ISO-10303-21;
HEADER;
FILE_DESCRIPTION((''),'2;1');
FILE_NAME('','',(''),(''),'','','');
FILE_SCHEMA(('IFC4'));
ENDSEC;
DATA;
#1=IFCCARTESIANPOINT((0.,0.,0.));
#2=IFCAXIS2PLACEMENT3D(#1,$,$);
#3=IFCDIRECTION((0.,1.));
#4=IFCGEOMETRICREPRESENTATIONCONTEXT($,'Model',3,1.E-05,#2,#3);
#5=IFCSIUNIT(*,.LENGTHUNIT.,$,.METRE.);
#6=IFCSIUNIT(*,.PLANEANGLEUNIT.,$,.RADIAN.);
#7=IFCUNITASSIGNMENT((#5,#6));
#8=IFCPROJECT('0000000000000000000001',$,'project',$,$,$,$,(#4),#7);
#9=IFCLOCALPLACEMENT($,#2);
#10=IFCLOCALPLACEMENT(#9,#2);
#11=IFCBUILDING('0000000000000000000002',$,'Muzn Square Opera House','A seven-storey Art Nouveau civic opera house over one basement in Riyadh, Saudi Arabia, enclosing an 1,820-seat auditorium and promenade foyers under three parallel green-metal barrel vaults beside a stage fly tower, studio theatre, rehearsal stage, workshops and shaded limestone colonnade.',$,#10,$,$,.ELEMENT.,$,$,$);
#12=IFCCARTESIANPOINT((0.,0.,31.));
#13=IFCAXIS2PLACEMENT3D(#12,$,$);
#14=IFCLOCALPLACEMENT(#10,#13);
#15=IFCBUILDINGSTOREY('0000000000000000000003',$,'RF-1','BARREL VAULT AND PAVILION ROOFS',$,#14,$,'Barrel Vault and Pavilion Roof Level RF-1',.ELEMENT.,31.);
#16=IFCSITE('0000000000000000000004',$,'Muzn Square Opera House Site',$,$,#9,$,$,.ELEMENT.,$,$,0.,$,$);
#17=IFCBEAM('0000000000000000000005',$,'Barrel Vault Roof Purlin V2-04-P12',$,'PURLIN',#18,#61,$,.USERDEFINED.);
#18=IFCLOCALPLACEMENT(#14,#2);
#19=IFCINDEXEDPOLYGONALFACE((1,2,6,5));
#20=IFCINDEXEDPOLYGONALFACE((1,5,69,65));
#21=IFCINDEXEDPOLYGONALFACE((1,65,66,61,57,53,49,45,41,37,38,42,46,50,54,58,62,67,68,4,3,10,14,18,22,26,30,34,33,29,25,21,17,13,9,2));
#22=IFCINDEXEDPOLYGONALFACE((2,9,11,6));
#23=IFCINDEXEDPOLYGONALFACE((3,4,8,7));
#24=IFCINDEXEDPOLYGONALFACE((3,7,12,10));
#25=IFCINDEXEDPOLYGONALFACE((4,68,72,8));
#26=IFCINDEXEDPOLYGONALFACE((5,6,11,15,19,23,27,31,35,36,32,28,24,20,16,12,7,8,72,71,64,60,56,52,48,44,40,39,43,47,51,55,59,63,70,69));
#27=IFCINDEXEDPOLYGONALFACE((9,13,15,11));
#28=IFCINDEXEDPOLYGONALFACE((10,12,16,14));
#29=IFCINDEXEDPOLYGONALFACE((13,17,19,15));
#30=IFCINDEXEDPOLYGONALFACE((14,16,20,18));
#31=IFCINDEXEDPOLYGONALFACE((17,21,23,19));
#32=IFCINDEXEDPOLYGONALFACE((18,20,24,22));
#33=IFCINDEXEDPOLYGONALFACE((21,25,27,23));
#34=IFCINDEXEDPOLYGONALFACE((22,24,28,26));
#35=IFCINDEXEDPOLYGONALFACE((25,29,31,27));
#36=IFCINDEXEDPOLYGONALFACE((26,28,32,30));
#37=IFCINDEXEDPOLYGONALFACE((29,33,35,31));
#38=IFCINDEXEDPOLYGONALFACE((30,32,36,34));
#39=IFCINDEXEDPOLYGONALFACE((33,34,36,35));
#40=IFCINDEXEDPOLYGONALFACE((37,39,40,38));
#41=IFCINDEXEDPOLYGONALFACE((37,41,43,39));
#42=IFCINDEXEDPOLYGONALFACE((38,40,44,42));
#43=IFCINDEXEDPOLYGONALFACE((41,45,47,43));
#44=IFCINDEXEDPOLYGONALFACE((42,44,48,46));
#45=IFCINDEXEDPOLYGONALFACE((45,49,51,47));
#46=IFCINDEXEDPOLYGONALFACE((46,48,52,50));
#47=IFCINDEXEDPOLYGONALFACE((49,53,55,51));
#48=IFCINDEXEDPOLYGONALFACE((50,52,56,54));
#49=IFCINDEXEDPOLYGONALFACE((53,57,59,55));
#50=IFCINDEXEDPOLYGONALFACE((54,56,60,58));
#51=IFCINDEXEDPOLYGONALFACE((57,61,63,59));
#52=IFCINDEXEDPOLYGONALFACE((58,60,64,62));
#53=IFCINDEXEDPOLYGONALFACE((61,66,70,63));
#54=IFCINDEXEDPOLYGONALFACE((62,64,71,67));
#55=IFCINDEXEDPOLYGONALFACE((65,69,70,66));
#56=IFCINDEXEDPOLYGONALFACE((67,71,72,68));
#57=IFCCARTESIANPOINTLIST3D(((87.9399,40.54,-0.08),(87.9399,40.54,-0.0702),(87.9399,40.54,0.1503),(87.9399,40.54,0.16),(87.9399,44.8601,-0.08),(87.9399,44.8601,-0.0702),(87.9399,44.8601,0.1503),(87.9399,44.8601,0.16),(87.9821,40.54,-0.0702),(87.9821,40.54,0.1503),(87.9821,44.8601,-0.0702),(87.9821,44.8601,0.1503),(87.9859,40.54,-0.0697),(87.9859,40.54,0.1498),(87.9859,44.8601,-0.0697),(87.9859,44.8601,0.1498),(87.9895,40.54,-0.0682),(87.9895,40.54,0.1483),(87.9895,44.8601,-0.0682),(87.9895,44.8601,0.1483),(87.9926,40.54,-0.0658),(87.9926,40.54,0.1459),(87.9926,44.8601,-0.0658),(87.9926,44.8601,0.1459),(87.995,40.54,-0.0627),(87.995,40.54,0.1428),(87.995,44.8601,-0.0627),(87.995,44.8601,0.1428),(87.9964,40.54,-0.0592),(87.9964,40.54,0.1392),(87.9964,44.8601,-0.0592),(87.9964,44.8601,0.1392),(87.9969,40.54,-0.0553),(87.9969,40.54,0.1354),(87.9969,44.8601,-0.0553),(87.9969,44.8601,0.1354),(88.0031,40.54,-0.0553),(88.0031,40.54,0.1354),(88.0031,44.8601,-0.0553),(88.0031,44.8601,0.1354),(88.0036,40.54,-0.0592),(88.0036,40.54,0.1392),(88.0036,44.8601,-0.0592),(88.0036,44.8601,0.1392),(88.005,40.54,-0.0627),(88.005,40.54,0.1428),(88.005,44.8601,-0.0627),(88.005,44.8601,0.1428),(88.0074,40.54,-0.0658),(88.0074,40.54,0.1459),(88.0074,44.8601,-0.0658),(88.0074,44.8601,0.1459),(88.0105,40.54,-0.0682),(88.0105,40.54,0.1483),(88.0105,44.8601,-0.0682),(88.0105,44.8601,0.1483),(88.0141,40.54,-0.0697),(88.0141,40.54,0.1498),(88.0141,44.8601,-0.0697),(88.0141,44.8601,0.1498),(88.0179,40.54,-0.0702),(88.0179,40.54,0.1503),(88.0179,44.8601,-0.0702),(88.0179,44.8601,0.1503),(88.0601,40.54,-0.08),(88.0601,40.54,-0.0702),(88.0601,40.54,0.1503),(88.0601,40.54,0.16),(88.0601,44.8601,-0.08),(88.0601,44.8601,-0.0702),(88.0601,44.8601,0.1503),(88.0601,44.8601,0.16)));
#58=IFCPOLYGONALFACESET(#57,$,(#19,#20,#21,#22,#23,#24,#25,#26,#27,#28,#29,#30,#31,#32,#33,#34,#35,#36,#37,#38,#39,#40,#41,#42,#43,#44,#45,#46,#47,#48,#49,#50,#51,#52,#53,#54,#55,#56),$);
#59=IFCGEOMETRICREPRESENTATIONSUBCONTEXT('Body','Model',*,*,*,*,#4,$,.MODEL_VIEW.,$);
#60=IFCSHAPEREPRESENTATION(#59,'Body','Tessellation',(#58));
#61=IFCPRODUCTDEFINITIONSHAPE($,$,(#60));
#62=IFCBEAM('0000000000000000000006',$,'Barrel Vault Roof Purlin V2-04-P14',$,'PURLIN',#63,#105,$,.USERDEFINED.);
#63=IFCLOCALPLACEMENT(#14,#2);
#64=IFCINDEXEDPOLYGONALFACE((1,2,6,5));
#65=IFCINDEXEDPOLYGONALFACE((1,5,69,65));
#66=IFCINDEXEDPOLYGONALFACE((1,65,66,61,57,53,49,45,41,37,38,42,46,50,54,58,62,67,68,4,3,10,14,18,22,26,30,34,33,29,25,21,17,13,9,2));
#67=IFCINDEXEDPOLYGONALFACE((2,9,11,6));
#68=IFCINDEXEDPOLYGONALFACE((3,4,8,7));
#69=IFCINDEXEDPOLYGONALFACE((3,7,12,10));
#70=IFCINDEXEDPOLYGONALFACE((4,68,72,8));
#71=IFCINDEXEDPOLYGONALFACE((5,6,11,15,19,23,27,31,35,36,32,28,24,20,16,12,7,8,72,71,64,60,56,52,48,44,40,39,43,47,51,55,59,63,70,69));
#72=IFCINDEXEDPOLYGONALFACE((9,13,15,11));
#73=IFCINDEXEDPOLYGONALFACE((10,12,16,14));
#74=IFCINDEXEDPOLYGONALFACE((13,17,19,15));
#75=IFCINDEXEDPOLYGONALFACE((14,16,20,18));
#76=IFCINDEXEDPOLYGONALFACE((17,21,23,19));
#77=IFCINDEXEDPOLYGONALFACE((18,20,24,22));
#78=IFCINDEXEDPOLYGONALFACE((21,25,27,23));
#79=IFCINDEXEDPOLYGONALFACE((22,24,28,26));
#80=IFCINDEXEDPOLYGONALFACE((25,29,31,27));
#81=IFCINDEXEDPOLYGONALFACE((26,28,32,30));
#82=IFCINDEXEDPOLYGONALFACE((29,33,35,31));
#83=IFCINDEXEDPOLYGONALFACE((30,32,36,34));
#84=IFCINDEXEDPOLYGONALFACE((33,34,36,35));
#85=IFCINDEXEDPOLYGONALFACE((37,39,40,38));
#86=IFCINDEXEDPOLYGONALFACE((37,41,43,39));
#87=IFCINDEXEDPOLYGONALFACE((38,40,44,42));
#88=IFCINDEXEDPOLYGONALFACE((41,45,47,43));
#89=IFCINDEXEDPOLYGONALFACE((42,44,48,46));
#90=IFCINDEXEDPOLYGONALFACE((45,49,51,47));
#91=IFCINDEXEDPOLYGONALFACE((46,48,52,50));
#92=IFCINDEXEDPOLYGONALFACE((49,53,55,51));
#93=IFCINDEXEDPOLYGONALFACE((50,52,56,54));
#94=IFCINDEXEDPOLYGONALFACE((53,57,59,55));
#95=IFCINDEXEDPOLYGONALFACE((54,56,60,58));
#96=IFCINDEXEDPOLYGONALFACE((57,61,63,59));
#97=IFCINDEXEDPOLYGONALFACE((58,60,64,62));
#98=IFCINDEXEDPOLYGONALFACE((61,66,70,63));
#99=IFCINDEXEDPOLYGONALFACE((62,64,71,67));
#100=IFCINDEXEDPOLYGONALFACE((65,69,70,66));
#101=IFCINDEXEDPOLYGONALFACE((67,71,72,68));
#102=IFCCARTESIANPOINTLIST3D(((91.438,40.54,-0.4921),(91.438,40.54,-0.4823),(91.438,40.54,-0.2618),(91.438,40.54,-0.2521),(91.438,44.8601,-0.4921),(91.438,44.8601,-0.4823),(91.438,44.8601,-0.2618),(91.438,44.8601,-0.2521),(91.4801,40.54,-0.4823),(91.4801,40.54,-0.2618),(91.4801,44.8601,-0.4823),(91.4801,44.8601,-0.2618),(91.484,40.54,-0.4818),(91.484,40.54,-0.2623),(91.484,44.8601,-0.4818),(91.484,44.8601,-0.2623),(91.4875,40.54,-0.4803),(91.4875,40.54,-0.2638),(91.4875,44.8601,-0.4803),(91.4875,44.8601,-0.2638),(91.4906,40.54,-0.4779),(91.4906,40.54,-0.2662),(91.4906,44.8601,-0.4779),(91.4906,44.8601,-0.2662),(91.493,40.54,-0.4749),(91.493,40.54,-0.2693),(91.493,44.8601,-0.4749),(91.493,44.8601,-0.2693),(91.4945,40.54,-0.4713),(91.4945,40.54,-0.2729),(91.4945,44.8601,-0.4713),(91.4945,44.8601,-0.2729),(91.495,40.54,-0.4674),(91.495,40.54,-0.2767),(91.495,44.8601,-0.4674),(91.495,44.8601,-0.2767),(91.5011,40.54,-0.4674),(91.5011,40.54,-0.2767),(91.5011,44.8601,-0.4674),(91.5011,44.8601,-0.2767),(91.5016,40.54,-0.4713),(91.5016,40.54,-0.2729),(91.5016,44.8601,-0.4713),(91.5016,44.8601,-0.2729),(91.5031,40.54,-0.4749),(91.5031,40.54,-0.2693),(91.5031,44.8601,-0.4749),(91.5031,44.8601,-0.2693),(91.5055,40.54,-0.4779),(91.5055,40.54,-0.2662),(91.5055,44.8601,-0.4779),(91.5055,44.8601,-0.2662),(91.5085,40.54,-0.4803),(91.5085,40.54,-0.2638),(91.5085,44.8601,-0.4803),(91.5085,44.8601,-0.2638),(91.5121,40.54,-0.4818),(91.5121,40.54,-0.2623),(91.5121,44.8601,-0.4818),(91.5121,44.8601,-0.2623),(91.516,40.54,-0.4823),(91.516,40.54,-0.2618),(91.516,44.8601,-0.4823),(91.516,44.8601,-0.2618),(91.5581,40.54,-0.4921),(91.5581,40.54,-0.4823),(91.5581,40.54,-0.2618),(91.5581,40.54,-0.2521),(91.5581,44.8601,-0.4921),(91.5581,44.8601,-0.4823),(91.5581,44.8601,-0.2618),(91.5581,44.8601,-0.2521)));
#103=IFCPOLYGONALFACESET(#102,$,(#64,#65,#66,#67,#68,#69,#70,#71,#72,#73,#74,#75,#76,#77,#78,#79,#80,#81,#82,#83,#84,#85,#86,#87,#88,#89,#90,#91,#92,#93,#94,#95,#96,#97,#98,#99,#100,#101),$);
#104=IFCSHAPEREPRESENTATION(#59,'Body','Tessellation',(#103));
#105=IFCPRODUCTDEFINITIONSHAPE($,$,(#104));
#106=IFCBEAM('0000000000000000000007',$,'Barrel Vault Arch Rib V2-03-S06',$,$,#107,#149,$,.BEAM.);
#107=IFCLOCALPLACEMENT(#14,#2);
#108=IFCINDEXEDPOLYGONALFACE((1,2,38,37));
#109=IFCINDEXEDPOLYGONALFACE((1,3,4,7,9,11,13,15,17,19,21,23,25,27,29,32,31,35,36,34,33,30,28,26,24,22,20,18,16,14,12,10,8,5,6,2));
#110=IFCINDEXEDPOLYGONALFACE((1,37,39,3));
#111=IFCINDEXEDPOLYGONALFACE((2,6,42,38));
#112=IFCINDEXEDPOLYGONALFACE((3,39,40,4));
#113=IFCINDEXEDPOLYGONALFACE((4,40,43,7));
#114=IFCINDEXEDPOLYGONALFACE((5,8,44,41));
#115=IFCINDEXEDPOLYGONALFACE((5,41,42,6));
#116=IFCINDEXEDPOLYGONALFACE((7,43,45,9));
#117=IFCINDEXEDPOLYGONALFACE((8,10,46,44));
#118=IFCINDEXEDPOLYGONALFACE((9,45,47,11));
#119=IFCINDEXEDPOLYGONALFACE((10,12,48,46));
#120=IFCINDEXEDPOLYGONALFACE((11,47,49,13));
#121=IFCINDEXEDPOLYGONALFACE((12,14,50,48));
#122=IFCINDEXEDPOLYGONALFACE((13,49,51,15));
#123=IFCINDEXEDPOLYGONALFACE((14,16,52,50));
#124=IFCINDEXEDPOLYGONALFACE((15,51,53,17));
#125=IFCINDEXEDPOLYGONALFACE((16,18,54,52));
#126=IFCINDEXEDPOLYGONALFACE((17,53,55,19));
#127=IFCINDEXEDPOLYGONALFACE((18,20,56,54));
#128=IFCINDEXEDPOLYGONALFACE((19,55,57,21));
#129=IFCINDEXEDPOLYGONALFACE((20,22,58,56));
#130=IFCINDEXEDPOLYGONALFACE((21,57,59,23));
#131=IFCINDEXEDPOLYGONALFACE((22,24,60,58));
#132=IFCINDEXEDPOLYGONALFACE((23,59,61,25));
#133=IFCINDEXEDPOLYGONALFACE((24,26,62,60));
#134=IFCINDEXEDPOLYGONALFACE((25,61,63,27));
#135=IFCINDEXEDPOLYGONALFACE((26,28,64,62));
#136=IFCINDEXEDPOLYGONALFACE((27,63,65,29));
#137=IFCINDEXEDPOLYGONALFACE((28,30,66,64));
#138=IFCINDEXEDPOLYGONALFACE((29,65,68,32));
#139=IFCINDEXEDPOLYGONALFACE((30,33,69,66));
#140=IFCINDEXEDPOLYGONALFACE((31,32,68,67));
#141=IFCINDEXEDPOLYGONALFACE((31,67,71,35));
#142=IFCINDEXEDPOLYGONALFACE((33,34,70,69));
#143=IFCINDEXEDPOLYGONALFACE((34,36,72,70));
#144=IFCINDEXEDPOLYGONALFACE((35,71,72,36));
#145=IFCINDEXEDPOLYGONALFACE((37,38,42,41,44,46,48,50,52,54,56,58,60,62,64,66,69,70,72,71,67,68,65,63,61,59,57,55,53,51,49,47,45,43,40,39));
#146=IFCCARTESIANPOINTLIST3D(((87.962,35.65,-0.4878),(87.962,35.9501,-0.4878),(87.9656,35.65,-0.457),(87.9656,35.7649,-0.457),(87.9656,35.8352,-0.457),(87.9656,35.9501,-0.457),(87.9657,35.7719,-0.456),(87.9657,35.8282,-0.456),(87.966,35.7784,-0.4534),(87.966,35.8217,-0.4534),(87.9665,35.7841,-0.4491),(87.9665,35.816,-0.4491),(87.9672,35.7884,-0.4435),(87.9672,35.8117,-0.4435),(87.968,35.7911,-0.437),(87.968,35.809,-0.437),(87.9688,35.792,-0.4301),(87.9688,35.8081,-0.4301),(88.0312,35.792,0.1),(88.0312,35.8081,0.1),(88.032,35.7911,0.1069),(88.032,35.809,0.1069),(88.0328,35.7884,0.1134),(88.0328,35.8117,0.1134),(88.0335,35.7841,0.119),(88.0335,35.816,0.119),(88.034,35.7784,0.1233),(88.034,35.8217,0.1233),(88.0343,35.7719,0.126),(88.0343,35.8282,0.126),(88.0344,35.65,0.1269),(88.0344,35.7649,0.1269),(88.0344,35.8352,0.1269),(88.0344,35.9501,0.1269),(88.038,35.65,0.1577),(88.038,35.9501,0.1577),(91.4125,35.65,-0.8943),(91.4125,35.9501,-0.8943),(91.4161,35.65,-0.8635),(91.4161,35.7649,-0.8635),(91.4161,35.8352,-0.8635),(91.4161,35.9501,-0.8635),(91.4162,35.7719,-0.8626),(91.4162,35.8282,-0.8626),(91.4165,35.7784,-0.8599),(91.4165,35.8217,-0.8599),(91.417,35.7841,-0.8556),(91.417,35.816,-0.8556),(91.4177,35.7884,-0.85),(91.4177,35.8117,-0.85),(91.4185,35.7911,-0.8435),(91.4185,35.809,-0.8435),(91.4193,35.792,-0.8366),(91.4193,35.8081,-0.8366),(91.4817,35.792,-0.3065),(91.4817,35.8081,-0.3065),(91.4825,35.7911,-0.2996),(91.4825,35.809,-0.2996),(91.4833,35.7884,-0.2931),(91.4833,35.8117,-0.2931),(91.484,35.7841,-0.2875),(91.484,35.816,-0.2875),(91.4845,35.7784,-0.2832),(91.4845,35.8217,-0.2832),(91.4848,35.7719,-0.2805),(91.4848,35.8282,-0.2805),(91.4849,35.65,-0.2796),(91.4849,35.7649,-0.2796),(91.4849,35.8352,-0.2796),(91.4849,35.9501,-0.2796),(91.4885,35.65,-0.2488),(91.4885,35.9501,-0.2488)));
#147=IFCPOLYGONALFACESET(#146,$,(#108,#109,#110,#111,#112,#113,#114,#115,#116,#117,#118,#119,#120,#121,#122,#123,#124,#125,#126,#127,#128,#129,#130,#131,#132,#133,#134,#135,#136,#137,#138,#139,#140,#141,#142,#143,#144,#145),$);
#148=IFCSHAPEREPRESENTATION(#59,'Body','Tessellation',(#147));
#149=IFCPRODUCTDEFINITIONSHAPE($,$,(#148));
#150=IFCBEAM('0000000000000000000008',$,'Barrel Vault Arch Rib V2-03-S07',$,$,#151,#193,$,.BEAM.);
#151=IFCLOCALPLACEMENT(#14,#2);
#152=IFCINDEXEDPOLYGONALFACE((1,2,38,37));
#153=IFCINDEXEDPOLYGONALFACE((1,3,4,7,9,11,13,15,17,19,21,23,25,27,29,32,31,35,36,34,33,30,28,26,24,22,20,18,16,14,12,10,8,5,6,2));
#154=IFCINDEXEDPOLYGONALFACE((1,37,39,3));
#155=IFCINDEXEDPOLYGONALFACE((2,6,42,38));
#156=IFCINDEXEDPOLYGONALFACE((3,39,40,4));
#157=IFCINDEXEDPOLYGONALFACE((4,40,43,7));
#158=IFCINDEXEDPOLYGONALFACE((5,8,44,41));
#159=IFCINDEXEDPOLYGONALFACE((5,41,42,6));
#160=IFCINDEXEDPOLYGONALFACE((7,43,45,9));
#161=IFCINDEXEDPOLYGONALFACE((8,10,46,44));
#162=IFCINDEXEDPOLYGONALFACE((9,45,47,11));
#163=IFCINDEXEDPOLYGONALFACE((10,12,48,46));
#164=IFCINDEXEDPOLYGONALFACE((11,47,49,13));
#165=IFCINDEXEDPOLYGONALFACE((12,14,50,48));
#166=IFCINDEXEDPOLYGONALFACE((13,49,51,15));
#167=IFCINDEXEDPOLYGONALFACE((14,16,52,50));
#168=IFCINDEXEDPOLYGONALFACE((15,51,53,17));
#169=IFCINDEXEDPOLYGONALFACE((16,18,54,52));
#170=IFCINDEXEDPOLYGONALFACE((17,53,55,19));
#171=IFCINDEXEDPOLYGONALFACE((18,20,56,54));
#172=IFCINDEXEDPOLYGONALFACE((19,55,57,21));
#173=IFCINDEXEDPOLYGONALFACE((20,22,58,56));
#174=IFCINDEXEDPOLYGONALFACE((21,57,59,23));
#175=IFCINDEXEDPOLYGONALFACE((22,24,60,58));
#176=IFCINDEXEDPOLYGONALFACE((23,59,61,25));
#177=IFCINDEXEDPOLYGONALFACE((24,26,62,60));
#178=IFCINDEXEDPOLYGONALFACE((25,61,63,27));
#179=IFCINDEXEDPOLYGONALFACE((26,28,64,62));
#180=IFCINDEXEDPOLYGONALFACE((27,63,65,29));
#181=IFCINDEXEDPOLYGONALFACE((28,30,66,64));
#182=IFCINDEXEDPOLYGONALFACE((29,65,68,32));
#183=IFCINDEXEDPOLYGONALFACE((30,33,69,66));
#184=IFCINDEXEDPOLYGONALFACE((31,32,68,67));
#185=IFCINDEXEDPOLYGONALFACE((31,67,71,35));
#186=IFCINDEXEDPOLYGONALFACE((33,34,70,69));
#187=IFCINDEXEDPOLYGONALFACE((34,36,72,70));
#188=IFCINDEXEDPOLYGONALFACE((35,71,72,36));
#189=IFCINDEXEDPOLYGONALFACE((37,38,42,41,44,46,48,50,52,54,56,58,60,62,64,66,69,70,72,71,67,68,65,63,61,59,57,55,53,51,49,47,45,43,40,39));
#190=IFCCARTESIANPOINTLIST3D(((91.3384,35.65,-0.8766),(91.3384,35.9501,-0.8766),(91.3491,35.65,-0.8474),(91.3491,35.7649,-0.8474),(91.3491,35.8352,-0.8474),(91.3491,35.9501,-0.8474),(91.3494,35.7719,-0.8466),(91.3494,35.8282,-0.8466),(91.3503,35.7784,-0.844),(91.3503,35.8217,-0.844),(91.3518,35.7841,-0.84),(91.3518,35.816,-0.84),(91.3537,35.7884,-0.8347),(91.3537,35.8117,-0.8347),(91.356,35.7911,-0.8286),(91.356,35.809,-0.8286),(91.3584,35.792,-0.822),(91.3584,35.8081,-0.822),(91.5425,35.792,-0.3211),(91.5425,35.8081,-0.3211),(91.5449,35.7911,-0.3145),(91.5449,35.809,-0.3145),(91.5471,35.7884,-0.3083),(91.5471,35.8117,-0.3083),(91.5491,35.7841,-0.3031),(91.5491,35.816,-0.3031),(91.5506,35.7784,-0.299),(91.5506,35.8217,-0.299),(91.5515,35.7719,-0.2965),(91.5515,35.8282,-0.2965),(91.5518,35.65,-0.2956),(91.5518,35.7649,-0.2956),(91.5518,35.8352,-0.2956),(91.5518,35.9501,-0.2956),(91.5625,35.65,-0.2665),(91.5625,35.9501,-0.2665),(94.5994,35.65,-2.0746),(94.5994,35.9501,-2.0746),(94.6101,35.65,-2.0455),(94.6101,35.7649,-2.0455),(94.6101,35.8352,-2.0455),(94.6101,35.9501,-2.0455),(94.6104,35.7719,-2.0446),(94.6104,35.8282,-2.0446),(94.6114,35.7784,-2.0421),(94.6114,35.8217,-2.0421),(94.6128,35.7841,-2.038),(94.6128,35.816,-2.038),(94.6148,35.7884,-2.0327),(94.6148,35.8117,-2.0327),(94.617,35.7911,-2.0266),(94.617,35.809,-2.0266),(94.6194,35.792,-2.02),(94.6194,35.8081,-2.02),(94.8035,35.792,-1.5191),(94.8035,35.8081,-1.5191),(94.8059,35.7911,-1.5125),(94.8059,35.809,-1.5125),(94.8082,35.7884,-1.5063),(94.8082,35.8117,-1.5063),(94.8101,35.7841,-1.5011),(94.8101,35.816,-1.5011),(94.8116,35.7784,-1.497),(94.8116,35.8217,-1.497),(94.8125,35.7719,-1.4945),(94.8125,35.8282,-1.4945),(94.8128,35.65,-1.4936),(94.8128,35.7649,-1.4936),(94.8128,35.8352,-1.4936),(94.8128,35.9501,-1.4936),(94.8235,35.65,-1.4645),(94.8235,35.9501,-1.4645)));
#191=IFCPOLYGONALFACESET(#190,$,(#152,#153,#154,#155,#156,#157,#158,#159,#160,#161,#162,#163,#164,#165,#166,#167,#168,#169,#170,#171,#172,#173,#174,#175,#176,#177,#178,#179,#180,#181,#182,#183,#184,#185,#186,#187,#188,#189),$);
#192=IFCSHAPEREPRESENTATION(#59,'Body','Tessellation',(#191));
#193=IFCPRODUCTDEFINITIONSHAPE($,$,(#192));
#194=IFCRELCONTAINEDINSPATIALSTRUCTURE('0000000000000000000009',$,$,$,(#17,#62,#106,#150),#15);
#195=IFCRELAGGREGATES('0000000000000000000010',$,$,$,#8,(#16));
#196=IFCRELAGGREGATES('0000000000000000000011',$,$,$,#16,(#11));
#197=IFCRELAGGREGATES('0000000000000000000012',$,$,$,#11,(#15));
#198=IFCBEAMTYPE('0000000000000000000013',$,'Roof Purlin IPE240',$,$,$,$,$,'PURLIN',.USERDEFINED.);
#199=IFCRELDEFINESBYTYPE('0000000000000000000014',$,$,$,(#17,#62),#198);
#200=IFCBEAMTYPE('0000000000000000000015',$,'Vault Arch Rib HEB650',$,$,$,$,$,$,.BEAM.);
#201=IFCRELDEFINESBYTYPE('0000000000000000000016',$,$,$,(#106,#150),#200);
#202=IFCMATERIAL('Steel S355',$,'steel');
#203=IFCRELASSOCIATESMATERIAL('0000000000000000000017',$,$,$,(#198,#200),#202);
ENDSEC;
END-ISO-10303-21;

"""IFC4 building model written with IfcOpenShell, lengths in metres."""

from ifc_helpers import new_model, si_unit, direction, frame, origin, origin_2d, place, context, subcontext, project, spatial, i_section, extrude, material, material_profile, profile_set, type_object, element, save


model = new_model("IFC4")

# Units and contexts
model_context = context("Model", 3, precision=1e-05, world=origin(), true_north=direction((0.0, 1.0)))
body_context = subcontext(model_context, "Body", "Model", "MODEL_VIEW")
ifc_project = project(units=[si_unit("LENGTHUNIT", "METRE"), si_unit("PLANEANGLEUNIT", "RADIAN")], contexts=[model_context])

# Site, building, storey
site_placement = place(None, origin())
site = spatial("IfcSite", under=ifc_project, at=site_placement, Name="Muzn Square Opera House Site", CompositionType="ELEMENT", RefElevation=0.0)
building_placement = place(site_placement, origin())
building = spatial("IfcBuilding", under=site, at=building_placement, Name="Muzn Square Opera House", Description="A seven-storey Art Nouveau civic opera house over one basement in Riyadh, Saudi Arabia, enclosing an 1,820-seat auditorium and promenade foyers under three parallel green-metal barrel vaults beside a stage fly tower, studio theatre, rehearsal stage, workshops and shaded limestone colonnade.", CompositionType="ELEMENT")
storey_placement = place(building_placement, frame((0.0, 0.0, 31.0)))
storey = spatial("IfcBuildingStorey", under=building, at=storey_placement, Name="RF-1", Description="BARREL VAULT AND PAVILION ROOFS", LongName="Barrel Vault and Pavilion Roof Level RF-1", CompositionType="ELEMENT", Elevation=31.0)

# Beams
ifc_material_1 = material(Name="Steel S355", Category="steel")
ifc_material_profile_1 = material_profile(ifc_material_1, i_section(OverallWidth=0.1201, OverallDepth=0.24, WebThickness=0.0061, FlangeThickness=0.0098, FilletRadius=0.0149, at=origin_2d()), Name="IPE 240", Category="steel")
ifc_profile_set_1 = profile_set([ifc_material_profile_1], Name="Steel S355")
beam_type_1 = type_object("IfcBeamType", Name="Roof Purlin IPE240", ElementType="PURLIN", PredefinedType="USERDEFINED", material=ifc_profile_set_1)
for number, where, z_axis, x_axis, name in (
    (1, (88.0, 40.54, 0.04), (0.0, 1.0, 0.0), (-1.0, 0.0, 0.0), "Barrel Vault Roof Purlin V2-04-P12"),
    (2, (91.498, 40.54, -0.3721), (0.0, 1.0, 0.0), (-1.0, 0.0, 0.0), "Barrel Vault Roof Purlin V2-04-P14"),
):
    element("IfcBeam", number, at=place(storey_placement, frame(where, z_axis=z_axis, x_axis=x_axis)), inside=storey, type_object=beam_type_1, Name=name, ObjectType="PURLIN", PredefinedType="USERDEFINED", context=body_context, shape_type="SweptSolid", body=[
        extrude(i_section(OverallWidth=0.1201, OverallDepth=0.24, WebThickness=0.0061, FlangeThickness=0.0098, FilletRadius=0.0149, at=origin_2d()), origin(), (0.0, 0.0, 1.0), 4.3201),
    ])
ifc_material_profile_2 = material_profile(ifc_material_1, i_section(OverallWidth=0.3, OverallDepth=0.6499, WebThickness=0.0161, FlangeThickness=0.031, FilletRadius=0.0271, at=origin_2d()), Name="HEB 650", Category="steel")
ifc_profile_set_2 = profile_set([ifc_material_profile_2], Name="Steel S355")
beam_type_2 = type_object("IfcBeamType", Name="Vault Arch Rib HEB650", PredefinedType="BEAM", material=ifc_profile_set_2)
beam_1_placement = place(storey_placement, frame((88.0, 35.8, -0.165), z_axis=(0.993132, 0.0, -0.117), x_axis=(0.0, 1.0, 0.0)))
element("IfcBeam", 3, at=beam_1_placement, inside=storey, type_object=beam_type_2, Name="Barrel Vault Arch Rib V2-03-S06", PredefinedType="BEAM", context=body_context, shape_type="SweptSolid", body=[
    extrude(i_section(OverallWidth=0.3, OverallDepth=0.6499, WebThickness=0.0161, FlangeThickness=0.031, FilletRadius=0.0271, at=origin_2d()), origin(), (0.0, 0.0, 1.0), 3.4744),
])
beam_2_placement = place(storey_placement, frame((91.4504, 35.8, -0.5715), z_axis=(0.938662, 0.0, -0.344839), x_axis=(0.0, 1.0, 0.0)))
element("IfcBeam", 4, at=beam_2_placement, inside=storey, type_object=beam_type_2, Name="Barrel Vault Arch Rib V2-03-S07", PredefinedType="BEAM", context=body_context, shape_type="SweptSolid", body=[
    extrude(i_section(OverallWidth=0.3, OverallDepth=0.6499, WebThickness=0.0161, FlangeThickness=0.031, FilletRadius=0.0271, at=origin_2d()), origin(), (0.0, 0.0, 1.0), 3.4741),
])

save(model, "model.ifc")
